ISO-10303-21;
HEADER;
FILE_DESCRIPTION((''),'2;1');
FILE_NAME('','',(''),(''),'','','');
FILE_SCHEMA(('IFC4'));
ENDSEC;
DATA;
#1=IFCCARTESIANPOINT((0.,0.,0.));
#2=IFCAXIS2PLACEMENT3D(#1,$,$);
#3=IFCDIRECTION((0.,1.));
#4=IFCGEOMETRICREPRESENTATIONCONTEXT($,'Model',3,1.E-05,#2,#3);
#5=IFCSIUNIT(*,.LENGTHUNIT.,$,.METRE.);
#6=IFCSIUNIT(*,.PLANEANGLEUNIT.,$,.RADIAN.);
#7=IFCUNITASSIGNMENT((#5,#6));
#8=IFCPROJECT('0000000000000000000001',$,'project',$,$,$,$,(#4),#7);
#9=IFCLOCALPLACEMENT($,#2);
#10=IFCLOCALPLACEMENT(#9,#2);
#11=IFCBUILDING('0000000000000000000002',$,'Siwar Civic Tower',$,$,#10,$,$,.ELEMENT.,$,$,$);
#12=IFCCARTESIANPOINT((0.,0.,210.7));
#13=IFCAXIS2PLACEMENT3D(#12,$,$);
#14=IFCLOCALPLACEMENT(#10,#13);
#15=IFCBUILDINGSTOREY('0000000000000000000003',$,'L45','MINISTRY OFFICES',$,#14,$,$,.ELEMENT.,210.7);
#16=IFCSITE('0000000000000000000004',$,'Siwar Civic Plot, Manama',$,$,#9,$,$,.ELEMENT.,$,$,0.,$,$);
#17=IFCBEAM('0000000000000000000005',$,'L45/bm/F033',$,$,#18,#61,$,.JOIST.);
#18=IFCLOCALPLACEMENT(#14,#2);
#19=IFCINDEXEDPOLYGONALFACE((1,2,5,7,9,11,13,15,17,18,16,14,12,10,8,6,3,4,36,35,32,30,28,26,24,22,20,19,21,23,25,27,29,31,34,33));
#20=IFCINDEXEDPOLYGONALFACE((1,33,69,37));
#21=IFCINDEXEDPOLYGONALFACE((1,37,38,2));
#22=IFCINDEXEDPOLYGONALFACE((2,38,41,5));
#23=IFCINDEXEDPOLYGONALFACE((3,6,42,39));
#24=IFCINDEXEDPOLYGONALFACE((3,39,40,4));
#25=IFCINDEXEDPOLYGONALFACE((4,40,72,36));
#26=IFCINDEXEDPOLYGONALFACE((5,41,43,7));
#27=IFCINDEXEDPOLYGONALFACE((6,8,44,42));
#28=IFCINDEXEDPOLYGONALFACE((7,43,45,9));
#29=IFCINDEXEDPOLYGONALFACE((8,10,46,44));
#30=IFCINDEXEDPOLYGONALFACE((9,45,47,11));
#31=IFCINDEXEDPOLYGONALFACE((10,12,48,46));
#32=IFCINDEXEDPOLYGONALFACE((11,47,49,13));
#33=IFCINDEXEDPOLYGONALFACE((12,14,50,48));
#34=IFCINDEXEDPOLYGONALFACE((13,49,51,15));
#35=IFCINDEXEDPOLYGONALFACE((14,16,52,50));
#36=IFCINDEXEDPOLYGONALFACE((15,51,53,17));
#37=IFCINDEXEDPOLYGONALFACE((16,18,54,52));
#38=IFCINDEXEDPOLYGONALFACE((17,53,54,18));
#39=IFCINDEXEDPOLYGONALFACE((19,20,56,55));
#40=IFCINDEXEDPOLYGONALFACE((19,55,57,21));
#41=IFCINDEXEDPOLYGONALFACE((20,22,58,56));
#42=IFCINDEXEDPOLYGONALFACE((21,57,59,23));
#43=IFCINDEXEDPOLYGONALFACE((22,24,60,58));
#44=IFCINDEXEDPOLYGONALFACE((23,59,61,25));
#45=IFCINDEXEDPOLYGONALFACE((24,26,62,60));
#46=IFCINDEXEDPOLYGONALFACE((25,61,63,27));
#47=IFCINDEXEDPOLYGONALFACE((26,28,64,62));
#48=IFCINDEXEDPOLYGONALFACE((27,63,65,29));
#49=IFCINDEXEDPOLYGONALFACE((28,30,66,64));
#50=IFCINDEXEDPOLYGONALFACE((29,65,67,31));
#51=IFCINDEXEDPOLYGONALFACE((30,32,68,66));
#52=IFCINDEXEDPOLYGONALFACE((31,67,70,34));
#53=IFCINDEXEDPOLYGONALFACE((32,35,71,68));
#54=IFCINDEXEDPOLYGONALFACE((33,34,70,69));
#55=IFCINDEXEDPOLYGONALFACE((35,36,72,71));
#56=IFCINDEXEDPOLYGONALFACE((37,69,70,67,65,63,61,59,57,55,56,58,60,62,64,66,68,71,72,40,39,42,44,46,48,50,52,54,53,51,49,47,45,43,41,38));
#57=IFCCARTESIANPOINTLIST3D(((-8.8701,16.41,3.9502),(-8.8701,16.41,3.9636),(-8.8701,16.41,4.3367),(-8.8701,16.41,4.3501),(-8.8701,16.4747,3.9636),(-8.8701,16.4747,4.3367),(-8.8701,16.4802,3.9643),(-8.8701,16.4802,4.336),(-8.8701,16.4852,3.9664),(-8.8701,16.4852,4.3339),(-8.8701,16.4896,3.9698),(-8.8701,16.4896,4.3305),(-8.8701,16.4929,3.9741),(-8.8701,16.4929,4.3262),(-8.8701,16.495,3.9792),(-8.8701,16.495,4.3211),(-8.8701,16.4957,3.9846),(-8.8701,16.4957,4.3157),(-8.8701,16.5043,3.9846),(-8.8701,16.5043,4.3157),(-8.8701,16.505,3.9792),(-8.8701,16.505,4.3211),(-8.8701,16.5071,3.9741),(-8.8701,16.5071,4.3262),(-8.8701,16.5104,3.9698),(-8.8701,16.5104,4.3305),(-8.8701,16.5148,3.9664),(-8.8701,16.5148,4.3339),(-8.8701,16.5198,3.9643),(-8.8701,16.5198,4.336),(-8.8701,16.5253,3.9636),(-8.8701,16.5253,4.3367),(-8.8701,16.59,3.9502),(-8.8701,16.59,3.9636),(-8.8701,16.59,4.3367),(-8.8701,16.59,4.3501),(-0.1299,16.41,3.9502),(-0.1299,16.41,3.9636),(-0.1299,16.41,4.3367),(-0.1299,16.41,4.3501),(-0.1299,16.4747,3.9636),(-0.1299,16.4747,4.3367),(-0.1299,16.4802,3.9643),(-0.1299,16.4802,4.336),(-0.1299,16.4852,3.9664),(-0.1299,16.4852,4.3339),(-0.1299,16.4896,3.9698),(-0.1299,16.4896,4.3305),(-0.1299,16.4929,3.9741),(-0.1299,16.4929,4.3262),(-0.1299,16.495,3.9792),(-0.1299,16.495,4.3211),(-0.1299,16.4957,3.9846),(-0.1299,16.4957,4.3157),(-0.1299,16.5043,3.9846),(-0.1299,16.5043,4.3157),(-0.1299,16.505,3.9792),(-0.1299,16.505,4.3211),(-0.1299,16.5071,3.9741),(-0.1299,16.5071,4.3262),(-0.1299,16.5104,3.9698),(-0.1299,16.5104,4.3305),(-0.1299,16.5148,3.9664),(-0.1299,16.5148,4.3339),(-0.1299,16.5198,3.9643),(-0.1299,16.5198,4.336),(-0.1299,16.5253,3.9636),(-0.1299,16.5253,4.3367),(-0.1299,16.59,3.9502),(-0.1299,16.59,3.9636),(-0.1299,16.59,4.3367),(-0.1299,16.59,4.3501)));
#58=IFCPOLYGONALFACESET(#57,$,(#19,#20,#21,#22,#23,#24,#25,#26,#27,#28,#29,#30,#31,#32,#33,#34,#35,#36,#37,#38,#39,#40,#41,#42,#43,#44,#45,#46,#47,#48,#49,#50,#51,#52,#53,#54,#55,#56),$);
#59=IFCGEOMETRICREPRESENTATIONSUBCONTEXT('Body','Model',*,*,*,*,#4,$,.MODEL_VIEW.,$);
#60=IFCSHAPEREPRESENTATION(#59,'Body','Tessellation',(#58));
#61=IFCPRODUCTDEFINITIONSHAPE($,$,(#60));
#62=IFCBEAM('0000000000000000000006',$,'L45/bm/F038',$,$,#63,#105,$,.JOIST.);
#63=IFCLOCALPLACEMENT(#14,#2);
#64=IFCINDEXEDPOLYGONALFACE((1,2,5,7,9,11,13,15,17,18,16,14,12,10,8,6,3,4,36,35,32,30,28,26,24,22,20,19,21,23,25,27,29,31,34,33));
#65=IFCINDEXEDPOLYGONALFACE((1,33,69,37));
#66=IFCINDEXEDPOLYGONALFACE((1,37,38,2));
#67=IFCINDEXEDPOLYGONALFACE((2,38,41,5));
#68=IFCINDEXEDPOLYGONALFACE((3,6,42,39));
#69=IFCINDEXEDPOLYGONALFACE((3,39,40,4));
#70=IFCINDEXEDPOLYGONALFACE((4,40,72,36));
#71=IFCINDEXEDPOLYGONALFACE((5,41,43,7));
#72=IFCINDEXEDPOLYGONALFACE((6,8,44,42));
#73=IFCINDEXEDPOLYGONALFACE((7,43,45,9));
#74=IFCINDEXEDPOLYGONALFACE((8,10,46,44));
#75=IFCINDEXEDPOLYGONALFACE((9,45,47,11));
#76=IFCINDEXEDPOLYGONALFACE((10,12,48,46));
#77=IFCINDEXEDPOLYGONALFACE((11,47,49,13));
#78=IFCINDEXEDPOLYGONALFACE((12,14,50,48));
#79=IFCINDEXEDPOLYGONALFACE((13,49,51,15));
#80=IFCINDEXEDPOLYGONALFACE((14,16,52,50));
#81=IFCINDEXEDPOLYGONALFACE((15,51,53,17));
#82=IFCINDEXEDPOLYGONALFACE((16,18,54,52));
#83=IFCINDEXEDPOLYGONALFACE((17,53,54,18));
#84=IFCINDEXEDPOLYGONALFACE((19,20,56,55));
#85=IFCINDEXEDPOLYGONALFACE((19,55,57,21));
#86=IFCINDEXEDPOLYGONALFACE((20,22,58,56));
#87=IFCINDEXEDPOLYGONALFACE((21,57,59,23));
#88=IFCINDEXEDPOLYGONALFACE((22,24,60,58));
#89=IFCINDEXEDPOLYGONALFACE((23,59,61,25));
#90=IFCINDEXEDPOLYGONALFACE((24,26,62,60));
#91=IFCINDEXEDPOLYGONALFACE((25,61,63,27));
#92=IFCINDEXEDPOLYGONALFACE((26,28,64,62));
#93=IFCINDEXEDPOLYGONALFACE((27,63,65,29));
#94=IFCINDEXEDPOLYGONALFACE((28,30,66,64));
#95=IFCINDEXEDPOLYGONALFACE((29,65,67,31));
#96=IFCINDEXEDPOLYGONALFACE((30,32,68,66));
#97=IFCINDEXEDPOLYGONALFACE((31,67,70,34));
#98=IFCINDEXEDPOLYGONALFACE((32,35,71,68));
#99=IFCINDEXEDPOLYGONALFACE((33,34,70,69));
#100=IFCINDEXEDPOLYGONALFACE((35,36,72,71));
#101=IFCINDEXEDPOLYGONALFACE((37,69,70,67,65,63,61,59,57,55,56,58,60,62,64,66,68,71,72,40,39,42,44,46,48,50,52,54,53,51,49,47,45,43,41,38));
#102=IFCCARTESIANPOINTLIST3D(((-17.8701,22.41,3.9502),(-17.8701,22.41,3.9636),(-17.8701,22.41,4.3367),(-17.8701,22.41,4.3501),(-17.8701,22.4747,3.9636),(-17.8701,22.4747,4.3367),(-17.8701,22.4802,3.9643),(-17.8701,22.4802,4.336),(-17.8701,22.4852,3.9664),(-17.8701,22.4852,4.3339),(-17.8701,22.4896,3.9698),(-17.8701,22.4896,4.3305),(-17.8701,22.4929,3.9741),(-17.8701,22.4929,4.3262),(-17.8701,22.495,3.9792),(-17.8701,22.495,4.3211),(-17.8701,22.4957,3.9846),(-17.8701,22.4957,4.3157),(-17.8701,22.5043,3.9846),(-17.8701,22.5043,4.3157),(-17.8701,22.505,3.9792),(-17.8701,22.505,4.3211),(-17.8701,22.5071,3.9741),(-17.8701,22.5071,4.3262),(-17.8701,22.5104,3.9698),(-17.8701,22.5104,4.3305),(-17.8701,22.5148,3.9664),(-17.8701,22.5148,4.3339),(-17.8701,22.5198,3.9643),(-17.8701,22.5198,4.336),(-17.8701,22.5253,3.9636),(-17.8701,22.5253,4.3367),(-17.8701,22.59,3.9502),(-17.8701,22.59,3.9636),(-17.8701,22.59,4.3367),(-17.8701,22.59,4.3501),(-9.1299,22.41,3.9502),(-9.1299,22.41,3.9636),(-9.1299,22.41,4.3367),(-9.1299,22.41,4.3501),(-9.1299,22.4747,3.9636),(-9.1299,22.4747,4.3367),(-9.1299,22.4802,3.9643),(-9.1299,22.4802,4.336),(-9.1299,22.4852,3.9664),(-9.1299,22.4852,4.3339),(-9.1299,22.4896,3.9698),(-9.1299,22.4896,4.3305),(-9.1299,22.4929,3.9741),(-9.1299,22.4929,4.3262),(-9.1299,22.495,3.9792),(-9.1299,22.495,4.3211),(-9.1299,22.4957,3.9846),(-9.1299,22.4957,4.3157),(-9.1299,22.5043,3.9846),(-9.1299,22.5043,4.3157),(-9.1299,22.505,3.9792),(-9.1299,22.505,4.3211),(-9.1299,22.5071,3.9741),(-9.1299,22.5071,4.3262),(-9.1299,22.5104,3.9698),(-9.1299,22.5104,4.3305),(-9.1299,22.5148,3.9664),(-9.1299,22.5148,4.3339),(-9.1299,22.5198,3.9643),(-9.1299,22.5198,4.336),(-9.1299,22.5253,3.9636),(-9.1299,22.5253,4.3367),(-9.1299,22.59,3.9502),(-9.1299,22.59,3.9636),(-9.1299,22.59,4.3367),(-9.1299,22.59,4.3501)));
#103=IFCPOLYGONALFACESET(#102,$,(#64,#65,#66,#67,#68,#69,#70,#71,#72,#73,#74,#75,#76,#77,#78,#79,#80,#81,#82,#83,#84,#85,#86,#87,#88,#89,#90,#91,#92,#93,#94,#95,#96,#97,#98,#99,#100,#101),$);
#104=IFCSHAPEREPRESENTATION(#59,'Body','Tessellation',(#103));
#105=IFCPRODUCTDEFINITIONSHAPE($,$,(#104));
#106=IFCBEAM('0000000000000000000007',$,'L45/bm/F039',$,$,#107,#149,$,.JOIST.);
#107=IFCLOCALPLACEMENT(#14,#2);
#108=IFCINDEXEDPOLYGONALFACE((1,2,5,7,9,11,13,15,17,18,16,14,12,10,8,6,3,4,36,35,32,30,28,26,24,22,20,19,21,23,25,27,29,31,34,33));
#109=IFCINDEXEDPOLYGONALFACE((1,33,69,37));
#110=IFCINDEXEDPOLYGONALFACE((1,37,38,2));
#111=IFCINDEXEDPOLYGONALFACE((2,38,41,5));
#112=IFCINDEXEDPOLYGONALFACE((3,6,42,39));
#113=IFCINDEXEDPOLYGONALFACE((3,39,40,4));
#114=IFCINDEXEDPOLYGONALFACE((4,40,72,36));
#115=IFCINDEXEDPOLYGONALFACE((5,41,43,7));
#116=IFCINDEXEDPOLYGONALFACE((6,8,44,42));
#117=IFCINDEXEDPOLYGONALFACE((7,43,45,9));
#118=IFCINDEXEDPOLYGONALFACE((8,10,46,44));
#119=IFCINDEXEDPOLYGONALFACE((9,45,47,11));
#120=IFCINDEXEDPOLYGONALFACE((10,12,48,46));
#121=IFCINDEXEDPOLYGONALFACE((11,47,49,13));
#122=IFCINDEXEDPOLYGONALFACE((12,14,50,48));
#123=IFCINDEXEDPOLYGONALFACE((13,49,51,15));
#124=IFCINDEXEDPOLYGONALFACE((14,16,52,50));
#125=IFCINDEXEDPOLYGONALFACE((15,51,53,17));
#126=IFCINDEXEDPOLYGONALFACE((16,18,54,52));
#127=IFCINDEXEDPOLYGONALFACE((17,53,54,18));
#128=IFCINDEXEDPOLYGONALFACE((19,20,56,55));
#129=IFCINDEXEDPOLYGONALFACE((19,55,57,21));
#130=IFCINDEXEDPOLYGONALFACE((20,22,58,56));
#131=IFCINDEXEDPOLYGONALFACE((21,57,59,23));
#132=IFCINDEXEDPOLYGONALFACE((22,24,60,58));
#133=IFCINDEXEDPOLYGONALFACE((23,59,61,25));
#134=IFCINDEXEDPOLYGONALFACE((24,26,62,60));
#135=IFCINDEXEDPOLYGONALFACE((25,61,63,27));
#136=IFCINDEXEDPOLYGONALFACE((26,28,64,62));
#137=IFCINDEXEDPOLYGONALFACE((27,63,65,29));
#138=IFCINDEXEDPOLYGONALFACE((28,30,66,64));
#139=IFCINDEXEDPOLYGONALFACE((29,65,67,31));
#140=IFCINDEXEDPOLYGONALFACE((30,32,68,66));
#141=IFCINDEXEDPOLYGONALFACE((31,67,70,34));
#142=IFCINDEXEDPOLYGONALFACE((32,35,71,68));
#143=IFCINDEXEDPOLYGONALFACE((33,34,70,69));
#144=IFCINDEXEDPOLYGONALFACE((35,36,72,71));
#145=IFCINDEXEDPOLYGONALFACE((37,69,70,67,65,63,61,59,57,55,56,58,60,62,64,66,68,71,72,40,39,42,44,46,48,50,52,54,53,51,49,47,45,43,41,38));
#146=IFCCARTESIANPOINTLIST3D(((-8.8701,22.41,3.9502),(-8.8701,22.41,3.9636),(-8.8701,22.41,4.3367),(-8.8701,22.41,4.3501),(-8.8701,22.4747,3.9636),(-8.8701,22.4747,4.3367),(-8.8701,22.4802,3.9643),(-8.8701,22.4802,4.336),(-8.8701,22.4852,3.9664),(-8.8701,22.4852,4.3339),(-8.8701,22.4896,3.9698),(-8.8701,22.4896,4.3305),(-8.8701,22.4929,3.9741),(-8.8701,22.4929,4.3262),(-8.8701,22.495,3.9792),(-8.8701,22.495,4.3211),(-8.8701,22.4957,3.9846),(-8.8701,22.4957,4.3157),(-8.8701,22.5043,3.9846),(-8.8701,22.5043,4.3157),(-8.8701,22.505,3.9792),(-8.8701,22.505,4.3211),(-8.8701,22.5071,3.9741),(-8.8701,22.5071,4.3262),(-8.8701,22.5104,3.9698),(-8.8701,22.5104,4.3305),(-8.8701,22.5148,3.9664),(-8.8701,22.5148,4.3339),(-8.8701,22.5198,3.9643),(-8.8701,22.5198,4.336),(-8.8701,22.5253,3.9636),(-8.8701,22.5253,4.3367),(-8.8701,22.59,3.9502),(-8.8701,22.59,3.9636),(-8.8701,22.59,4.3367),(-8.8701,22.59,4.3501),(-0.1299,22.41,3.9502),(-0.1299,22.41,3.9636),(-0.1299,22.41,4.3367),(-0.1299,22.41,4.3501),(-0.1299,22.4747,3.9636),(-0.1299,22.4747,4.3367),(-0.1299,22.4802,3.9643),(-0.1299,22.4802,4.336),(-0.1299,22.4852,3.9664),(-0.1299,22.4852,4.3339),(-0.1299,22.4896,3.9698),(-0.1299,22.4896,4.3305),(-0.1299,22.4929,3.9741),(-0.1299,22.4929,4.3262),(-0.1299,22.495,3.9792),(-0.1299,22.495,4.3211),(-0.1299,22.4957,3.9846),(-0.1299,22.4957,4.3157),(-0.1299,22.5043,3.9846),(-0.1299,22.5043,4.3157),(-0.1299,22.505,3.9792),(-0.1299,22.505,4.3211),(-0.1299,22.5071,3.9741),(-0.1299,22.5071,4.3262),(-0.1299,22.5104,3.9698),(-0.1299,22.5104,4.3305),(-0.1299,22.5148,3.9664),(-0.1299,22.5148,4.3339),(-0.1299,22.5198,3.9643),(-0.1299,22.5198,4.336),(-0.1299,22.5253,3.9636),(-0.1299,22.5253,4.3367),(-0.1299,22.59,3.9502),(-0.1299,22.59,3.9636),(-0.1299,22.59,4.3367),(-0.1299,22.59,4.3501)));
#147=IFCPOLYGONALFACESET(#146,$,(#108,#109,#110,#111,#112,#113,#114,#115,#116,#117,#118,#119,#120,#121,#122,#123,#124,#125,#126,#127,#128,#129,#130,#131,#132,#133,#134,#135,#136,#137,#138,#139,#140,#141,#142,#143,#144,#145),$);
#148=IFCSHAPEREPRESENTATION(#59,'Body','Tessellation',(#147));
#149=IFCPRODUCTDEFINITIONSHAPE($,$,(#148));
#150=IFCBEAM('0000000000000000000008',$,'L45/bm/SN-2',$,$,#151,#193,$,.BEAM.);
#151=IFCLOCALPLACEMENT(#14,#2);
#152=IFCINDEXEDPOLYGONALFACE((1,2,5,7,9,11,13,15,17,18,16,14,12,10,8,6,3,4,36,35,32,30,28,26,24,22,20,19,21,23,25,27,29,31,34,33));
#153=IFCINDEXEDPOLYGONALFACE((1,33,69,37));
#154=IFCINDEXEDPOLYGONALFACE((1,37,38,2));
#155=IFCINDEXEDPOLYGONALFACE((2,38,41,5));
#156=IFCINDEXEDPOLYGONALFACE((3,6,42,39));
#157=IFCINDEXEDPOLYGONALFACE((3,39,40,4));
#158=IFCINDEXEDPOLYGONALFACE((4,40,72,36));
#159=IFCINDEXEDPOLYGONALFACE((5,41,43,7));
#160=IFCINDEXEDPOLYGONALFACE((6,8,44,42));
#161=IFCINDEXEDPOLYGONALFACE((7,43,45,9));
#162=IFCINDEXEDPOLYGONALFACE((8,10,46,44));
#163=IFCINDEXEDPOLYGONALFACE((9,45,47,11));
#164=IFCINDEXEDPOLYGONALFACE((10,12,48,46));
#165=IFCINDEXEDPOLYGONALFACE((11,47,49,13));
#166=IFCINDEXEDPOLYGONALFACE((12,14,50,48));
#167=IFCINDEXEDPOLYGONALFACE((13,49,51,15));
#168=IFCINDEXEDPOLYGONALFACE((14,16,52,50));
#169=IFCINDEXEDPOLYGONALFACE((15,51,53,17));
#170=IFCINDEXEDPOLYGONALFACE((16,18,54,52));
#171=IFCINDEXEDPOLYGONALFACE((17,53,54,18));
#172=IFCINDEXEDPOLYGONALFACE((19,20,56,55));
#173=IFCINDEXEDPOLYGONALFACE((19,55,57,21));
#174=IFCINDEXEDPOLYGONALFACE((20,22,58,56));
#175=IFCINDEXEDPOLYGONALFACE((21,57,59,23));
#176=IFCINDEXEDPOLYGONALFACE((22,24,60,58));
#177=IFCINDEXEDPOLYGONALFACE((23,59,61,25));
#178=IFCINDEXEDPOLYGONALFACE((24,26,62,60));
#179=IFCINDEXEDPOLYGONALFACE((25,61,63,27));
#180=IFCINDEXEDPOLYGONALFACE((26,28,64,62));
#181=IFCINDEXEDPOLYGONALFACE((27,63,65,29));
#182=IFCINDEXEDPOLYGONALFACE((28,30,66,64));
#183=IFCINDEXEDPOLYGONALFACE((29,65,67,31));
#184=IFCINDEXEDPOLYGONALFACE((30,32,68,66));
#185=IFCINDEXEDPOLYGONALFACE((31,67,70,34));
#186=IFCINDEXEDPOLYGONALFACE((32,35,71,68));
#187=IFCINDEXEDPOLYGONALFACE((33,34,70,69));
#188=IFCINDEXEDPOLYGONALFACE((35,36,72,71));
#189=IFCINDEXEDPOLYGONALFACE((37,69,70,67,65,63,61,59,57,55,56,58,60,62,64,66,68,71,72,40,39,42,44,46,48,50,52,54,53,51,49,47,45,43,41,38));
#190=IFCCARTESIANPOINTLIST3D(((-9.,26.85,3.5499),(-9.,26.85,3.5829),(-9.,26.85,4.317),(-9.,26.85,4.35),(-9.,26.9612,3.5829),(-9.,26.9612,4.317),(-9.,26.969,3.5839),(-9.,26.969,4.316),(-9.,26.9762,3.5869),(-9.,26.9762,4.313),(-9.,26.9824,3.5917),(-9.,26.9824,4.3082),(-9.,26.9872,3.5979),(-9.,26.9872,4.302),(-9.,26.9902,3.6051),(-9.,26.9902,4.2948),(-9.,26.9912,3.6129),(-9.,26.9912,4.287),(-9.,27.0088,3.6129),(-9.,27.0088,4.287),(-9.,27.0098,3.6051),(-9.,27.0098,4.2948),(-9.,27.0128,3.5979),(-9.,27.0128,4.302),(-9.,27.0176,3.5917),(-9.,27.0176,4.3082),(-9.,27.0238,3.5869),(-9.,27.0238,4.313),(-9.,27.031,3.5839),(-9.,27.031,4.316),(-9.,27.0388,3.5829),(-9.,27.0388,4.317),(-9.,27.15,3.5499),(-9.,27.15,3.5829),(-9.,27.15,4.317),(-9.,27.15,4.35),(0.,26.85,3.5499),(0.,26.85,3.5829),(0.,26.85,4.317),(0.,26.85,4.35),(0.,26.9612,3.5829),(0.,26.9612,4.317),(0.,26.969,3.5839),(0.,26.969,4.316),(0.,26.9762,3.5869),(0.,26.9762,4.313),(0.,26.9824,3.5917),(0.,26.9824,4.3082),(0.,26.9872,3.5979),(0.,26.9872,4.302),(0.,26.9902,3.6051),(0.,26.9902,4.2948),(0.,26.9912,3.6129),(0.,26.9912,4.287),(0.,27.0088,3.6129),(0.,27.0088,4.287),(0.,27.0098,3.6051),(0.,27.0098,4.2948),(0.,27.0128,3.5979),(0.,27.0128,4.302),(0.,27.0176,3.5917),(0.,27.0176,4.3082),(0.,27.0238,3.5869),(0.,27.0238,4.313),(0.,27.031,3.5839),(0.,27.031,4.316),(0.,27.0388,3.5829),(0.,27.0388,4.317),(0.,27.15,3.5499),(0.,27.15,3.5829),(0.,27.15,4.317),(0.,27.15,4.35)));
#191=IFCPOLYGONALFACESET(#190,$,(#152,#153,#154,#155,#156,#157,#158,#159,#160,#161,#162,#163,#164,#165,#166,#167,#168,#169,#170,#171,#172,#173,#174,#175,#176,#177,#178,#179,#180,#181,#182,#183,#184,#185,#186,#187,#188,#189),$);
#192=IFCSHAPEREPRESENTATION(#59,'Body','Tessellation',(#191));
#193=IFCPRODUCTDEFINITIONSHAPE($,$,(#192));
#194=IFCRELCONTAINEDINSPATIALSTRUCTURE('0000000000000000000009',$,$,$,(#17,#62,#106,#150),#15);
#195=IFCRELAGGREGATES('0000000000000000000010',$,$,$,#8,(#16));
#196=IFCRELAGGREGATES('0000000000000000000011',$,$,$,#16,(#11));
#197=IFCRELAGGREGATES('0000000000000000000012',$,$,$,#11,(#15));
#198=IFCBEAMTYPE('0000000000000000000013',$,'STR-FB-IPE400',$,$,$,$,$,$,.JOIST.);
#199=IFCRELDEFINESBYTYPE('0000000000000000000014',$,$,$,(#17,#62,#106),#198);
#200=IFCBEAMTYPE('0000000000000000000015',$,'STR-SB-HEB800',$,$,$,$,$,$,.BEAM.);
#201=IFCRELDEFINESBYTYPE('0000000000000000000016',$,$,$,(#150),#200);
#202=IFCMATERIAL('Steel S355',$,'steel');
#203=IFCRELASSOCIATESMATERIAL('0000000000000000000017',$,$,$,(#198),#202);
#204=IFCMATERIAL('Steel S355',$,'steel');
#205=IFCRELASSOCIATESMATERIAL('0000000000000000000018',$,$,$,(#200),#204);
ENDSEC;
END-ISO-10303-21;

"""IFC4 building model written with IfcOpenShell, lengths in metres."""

from ifc_helpers import new_model, si_unit, direction, frame, origin, origin_2d, place, context, subcontext, project, spatial, i_section, extrude, material, material_profile, profile_set, type_object, element, save


model = new_model("IFC4")

# Units and contexts
model_context = context("Model", 3, precision=1e-05, world=origin(), true_north=direction((0.0, 1.0)))
body_context = subcontext(model_context, "Body", "Model", "MODEL_VIEW")
ifc_project = project(units=[si_unit("LENGTHUNIT", "METRE"), si_unit("PLANEANGLEUNIT", "RADIAN")], contexts=[model_context])

# Site, building, storey
site_placement = place(None, origin())
site = spatial("IfcSite", under=ifc_project, at=site_placement, Name="Siwar Civic Plot, Manama", CompositionType="ELEMENT", RefElevation=0.0)
building_placement = place(site_placement, origin())
building = spatial("IfcBuilding", under=site, at=building_placement, Name="Siwar Civic Tower", CompositionType="ELEMENT")
storey_placement = place(building_placement, frame((0.0, 0.0, 210.7)))
storey = spatial("IfcBuildingStorey", under=building, at=storey_placement, Name="L45", Description="MINISTRY OFFICES", CompositionType="ELEMENT", Elevation=210.7)

# Beams
ifc_material_1 = material(Name="Steel S355", Category="steel")
ifc_material_profile_1 = material_profile(ifc_material_1, i_section(OverallWidth=0.1799, OverallDepth=0.3999, WebThickness=0.0085, FlangeThickness=0.0134, FilletRadius=0.021, at=origin_2d()), Name="IPE400")
ifc_profile_set_1 = profile_set([ifc_material_profile_1], Name="Steel S355")
beam_type_1 = type_object("IfcBeamType", Name="STR-FB-IPE400", PredefinedType="JOIST", material=ifc_profile_set_1)
for number, where, z_axis, x_axis, name in (
    (1, (-8.8701, 16.5, 4.1501), (1.0, 0.0, 0.0), (0.0, 1.0, 0.0), "L45/bm/F033"),
    (2, (-17.8701, 22.5, 4.1501), (1.0, 0.0, 0.0), (0.0, 1.0, 0.0), "L45/bm/F038"),
    (3, (-8.8701, 22.5, 4.1501), (1.0, 0.0, 0.0), (0.0, 1.0, 0.0), "L45/bm/F039"),
):
    element("IfcBeam", number, at=place(storey_placement, frame(where, z_axis=z_axis, x_axis=x_axis)), inside=storey, type_object=beam_type_1, Name=name, PredefinedType="JOIST", context=body_context, shape_type="SweptSolid", body=[
        extrude(i_section(OverallWidth=0.1799, OverallDepth=0.3999, WebThickness=0.0085, FlangeThickness=0.0134, FilletRadius=0.021, at=origin_2d()), origin(), (0.0, 0.0, 1.0), 8.7402),
    ])
ifc_material_2 = material(Name="Steel S355", Category="steel")
ifc_material_profile_2 = material_profile(ifc_material_2, i_section(OverallWidth=0.3, OverallDepth=0.8, WebThickness=0.0176, FlangeThickness=0.033, FilletRadius=0.03, at=origin_2d()), Name="HEB800")
ifc_profile_set_2 = profile_set([ifc_material_profile_2], Name="Steel S355")
beam_type_2 = type_object("IfcBeamType", Name="STR-SB-HEB800", PredefinedType="BEAM", material=ifc_profile_set_2)
for number, where, z_axis, x_axis, name in (
    (4, (0.0, 27.0, 3.95), (-1.0, 0.0, 0.0), (0.0, -1.0, 0.0), "L45/bm/SN-2"),
):
    element("IfcBeam", number, at=place(storey_placement, frame(where, z_axis=z_axis, x_axis=x_axis)), inside=storey, type_object=beam_type_2, Name=name, PredefinedType="BEAM", context=body_context, shape_type="SweptSolid", body=[
        extrude(i_section(OverallWidth=0.3, OverallDepth=0.8, WebThickness=0.0176, FlangeThickness=0.033, FilletRadius=0.03, at=origin_2d()), origin(), (0.0, 0.0, 1.0), 9.0),
    ])

save(model, "model.ifc")
